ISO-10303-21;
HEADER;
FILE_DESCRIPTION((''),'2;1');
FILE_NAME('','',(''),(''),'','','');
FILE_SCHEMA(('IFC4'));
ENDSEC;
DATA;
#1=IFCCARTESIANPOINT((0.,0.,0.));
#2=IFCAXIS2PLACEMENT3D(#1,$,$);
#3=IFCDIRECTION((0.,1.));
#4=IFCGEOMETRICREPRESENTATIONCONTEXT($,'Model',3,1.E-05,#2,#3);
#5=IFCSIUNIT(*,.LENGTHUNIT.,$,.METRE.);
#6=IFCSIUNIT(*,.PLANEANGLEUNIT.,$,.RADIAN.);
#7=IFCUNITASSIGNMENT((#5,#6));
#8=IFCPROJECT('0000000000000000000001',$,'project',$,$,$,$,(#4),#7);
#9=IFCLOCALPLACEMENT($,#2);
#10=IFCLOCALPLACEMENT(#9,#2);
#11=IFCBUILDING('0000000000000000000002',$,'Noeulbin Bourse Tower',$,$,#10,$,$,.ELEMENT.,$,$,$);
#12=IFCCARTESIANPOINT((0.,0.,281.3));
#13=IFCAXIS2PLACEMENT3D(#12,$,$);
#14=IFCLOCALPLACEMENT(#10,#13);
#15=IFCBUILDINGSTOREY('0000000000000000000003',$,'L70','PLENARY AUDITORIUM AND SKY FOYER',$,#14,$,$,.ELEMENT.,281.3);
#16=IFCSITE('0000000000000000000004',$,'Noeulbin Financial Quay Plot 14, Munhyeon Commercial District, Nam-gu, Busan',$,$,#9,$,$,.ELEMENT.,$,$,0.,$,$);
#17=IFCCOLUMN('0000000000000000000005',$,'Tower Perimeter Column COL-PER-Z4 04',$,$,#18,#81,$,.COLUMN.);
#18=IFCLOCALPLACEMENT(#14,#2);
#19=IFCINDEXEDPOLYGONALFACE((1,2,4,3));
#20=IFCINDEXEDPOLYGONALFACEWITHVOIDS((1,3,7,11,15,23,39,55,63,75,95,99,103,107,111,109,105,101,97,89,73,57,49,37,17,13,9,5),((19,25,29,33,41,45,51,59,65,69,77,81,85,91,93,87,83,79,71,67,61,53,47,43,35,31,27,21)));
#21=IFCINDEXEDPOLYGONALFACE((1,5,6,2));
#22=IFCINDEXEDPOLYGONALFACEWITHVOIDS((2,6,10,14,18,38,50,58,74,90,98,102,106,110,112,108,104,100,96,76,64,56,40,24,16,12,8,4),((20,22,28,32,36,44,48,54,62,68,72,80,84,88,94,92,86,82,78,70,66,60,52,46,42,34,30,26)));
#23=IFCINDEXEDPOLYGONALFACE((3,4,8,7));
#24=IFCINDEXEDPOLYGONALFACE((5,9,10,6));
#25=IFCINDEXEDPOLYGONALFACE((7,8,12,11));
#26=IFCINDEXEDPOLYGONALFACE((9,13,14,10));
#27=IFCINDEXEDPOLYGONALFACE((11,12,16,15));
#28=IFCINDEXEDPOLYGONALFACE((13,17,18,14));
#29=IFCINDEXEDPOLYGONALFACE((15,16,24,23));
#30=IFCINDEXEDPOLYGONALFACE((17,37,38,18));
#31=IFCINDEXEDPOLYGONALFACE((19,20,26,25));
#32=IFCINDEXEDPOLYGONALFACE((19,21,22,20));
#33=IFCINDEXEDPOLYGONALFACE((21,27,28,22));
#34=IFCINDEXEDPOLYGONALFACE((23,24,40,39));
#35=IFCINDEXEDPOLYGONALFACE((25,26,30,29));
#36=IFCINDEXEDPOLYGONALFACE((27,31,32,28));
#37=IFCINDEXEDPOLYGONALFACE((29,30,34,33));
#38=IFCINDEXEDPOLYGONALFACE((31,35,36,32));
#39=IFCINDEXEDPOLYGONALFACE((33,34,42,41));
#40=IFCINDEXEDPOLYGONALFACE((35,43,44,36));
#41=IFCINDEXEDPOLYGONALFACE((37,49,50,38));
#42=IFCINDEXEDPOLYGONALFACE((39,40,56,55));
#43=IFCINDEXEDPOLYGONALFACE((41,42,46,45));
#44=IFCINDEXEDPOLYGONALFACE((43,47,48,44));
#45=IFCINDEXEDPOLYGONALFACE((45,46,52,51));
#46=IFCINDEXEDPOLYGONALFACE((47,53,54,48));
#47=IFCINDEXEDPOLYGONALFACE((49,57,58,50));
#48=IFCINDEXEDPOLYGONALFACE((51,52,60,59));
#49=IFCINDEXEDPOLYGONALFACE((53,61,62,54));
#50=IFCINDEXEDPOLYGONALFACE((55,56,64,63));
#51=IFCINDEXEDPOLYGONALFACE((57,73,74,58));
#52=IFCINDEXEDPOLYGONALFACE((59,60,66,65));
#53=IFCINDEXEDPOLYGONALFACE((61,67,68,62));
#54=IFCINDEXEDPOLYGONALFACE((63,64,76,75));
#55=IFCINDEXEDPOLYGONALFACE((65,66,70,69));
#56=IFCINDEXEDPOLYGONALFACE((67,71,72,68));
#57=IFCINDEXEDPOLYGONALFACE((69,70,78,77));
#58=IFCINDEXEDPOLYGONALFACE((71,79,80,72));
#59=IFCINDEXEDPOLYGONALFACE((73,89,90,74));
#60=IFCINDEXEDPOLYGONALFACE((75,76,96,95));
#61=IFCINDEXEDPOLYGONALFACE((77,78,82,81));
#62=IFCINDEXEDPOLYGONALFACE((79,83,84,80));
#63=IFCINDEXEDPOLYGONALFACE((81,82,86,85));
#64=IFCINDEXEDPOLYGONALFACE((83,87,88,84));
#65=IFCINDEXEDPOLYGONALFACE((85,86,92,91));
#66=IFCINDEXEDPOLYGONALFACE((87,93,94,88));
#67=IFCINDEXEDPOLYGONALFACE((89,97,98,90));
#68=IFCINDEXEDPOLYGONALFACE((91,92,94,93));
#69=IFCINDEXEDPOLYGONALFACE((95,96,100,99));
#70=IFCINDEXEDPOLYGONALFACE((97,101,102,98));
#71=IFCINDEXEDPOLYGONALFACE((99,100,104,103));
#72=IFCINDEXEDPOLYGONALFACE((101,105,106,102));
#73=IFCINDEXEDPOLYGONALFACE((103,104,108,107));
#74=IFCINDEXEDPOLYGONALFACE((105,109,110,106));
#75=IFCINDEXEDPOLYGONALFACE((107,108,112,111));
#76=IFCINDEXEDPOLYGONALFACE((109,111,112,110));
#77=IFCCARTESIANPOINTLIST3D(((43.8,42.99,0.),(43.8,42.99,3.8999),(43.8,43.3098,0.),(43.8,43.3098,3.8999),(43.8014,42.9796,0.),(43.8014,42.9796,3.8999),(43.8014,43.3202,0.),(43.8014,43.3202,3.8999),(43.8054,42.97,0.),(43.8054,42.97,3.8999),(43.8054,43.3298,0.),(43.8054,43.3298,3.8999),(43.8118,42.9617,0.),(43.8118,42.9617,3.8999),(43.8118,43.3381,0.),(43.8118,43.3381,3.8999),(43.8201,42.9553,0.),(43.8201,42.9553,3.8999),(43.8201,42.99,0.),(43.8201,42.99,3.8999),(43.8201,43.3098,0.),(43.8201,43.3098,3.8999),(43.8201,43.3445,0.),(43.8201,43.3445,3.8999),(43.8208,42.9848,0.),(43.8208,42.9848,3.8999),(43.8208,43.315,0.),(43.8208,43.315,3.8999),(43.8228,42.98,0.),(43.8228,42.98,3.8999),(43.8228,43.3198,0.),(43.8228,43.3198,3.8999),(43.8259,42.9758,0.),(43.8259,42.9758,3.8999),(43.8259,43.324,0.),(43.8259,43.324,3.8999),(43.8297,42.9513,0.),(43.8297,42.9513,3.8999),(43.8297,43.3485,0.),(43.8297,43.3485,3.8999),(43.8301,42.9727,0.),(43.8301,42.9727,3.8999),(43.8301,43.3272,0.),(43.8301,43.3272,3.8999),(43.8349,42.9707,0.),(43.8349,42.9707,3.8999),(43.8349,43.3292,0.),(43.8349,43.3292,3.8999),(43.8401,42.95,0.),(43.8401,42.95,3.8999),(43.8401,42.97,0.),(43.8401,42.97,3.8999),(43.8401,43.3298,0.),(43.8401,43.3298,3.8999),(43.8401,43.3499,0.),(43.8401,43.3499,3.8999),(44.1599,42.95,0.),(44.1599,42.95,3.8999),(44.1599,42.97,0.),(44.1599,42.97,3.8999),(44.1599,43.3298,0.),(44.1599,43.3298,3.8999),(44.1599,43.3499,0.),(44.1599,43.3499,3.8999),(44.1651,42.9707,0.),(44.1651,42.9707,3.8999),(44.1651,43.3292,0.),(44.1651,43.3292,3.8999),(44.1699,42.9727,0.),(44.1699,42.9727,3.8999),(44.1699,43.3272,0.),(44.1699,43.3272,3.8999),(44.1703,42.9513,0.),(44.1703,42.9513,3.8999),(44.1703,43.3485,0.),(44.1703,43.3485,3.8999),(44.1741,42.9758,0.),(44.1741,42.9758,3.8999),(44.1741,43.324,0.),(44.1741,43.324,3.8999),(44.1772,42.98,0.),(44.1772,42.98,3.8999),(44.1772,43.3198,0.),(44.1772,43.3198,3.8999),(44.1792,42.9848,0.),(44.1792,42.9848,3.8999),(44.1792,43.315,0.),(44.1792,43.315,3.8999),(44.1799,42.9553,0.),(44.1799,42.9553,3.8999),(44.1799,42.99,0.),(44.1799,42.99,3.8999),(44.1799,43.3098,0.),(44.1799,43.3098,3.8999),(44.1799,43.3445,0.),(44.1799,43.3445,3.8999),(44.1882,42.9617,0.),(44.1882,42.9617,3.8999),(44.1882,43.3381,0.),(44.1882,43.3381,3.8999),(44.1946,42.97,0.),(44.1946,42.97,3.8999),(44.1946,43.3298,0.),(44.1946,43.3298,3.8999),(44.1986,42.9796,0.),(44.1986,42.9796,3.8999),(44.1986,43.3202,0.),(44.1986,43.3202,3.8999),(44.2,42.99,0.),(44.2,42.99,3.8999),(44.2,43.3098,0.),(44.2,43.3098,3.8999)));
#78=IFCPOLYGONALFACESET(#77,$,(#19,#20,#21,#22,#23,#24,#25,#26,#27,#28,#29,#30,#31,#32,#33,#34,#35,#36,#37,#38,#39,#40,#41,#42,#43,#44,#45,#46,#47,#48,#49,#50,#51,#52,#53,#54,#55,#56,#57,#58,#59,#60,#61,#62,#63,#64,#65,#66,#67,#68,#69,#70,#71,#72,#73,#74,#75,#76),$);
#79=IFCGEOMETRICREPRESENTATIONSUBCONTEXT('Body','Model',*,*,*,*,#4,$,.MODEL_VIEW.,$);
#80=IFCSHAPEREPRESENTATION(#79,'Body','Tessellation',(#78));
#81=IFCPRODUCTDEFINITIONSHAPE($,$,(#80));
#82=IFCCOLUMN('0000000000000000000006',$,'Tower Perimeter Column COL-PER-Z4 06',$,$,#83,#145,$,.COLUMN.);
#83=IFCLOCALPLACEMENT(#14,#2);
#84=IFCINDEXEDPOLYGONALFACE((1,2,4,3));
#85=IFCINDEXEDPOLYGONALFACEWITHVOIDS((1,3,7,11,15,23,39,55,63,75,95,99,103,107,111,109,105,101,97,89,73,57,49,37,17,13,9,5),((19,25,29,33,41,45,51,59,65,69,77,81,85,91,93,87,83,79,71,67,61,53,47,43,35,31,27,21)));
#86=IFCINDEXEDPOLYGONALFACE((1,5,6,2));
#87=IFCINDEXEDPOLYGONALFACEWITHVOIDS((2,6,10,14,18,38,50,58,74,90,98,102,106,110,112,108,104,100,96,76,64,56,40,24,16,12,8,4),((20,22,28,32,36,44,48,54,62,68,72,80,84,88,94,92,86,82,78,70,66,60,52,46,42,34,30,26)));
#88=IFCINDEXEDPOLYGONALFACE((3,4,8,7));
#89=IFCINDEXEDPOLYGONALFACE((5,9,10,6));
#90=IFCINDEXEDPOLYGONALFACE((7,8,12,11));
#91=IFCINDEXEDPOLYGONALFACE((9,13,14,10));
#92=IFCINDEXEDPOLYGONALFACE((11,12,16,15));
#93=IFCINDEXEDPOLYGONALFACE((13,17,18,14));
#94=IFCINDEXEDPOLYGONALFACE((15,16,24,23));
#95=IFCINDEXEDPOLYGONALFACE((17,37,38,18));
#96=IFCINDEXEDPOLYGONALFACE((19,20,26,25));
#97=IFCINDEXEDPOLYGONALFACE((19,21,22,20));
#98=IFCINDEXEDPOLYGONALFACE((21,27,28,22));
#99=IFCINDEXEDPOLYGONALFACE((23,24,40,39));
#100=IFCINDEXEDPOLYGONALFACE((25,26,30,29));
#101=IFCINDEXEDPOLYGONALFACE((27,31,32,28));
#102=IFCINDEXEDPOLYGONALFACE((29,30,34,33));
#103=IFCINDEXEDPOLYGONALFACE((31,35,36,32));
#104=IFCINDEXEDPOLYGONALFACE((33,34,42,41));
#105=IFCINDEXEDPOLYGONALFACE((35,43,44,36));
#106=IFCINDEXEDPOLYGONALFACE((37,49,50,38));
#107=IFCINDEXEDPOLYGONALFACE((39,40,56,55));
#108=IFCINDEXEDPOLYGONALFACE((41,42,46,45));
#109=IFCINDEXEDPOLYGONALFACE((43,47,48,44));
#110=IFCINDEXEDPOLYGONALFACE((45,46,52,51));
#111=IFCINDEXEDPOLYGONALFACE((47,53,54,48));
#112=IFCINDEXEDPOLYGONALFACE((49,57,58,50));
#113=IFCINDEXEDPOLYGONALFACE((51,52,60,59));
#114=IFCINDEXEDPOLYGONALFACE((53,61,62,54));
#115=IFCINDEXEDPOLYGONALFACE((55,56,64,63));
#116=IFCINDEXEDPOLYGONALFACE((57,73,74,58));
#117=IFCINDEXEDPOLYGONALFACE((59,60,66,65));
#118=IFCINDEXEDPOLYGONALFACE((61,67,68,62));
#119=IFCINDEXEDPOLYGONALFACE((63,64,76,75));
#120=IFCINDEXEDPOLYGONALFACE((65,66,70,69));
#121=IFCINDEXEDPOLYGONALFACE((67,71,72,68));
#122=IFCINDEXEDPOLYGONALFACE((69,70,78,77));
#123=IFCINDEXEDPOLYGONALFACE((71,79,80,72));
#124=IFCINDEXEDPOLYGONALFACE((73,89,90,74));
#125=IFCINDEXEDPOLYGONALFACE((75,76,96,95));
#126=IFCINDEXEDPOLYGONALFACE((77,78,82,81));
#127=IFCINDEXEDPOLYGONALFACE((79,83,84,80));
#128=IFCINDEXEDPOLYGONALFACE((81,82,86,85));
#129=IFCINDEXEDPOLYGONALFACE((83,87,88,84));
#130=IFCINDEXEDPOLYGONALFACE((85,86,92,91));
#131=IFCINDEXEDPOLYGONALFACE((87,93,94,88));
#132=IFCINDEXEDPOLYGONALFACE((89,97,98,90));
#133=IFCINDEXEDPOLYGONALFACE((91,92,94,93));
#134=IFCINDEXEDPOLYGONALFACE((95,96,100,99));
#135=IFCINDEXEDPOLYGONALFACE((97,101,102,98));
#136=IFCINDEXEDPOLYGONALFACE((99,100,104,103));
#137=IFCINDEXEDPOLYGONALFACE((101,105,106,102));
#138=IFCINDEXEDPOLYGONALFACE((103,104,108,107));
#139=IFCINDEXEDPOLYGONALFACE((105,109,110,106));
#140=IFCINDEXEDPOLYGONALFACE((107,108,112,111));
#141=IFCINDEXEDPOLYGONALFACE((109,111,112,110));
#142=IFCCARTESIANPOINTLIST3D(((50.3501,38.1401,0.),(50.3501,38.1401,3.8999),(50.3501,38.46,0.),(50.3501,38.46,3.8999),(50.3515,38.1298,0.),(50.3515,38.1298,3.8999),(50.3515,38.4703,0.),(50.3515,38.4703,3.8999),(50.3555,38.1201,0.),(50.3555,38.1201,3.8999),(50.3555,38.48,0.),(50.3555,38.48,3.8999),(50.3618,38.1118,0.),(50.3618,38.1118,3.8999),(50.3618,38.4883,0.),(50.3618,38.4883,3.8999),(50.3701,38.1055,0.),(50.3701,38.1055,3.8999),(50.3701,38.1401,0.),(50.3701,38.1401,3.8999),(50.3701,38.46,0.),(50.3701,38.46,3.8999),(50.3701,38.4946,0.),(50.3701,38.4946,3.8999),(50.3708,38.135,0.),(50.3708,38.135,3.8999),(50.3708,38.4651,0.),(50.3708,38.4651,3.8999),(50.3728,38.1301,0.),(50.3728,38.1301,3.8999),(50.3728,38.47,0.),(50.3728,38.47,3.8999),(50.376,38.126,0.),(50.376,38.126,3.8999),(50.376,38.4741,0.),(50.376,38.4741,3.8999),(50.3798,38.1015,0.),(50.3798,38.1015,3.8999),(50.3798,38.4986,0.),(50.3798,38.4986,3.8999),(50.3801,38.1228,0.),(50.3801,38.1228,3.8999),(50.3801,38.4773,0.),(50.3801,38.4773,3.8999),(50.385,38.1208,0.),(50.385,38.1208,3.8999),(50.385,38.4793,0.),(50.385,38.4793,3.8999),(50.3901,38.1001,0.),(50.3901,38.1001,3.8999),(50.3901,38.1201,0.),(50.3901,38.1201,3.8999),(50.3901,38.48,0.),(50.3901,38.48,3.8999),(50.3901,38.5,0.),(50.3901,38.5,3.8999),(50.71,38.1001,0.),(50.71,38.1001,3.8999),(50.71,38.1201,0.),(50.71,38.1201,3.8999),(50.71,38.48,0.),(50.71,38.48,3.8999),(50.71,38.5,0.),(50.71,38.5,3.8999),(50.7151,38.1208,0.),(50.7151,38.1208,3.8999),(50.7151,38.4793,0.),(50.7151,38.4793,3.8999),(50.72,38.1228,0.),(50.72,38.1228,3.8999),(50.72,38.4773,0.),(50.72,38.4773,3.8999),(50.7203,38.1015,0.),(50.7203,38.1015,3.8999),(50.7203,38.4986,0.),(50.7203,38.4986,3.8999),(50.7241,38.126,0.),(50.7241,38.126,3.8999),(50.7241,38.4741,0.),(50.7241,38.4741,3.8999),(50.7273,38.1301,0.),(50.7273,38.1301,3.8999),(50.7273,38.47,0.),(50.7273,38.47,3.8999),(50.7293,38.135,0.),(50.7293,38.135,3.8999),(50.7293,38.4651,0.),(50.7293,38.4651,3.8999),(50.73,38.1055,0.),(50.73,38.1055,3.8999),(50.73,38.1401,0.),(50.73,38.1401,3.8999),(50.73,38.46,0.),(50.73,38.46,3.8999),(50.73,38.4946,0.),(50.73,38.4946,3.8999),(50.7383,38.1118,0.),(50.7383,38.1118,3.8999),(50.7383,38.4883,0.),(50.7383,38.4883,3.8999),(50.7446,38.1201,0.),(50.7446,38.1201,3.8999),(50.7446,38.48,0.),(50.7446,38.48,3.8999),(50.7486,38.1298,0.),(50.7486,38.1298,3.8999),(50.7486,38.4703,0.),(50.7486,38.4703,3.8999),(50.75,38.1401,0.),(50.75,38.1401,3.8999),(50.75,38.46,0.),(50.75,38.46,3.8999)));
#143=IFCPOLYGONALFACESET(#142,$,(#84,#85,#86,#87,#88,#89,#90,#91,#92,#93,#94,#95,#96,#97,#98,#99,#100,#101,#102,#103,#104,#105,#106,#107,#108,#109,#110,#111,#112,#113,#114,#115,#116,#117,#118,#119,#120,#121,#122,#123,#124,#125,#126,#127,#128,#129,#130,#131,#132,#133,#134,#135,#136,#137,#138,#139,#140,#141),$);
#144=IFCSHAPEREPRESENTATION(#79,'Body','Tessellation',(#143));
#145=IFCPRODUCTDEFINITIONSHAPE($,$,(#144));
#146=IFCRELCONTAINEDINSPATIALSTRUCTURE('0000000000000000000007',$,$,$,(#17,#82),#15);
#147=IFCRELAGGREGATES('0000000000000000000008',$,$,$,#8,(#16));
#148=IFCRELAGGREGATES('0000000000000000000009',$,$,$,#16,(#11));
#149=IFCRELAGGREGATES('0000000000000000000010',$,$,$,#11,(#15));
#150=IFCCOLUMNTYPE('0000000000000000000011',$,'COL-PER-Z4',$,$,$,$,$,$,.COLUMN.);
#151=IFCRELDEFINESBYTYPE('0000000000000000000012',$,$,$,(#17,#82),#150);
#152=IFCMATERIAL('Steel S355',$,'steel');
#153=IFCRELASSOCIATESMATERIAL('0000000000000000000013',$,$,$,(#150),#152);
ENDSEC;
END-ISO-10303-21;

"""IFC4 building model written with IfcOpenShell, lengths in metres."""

from ifc_helpers import new_model, si_unit, direction, frame, origin, origin_2d, place, context, subcontext, project, spatial, hollow_rectangle, extrude, material, material_profile, profile_set, type_object, element, save


model = new_model("IFC4")

# Units and contexts
model_context = context("Model", 3, precision=1e-05, world=origin(), true_north=direction((0.0, 1.0)))
body_context = subcontext(model_context, "Body", "Model", "MODEL_VIEW")
ifc_project = project(units=[si_unit("LENGTHUNIT", "METRE"), si_unit("PLANEANGLEUNIT", "RADIAN")], contexts=[model_context])

# Site, building, storey
site_placement = place(None, origin())
site = spatial("IfcSite", under=ifc_project, at=site_placement, Name="Noeulbin Financial Quay Plot 14, Munhyeon Commercial District, Nam-gu, Busan", CompositionType="ELEMENT", RefElevation=0.0)
building_placement = place(site_placement, origin())
building = spatial("IfcBuilding", under=site, at=building_placement, Name="Noeulbin Bourse Tower", CompositionType="ELEMENT")
storey_placement = place(building_placement, frame((0.0, 0.0, 281.3)))
storey = spatial("IfcBuildingStorey", under=building, at=storey_placement, Name="L70", Description="PLENARY AUDITORIUM AND SKY FOYER", CompositionType="ELEMENT", Elevation=281.3)

# Columns
ifc_material_1 = material(Name="Steel S355", Category="steel")
ifc_material_profile_1 = material_profile(ifc_material_1, hollow_rectangle(XDim=0.3999, YDim=0.3999, WallThickness=0.02, InnerFilletRadius=0.02, OuterFilletRadius=0.04, at=origin_2d()), Name="SHS-400x400x20", Category="LoadBearing")
ifc_profile_set_1 = profile_set([ifc_material_profile_1], Name="Steel S355")
column_type_1 = type_object("IfcColumnType", Name="COL-PER-Z4", PredefinedType="COLUMN", material=ifc_profile_set_1)
for number, where, z_axis, x_axis, name in (
    (1, (44.0, 43.1499, 0.0), (0.0, 0.0, 1.0), (1.0, 0.0, 0.0), "Tower Perimeter Column COL-PER-Z4 04"),
    (2, (50.55, 38.3, 0.0), (0.0, 0.0, 1.0), (1.0, 0.0, 0.0), "Tower Perimeter Column COL-PER-Z4 06"),
):
    element("IfcColumn", number, at=place(storey_placement, frame(where, z_axis=z_axis, x_axis=x_axis)), inside=storey, type_object=column_type_1, Name=name, PredefinedType="COLUMN", context=body_context, shape_type="SweptSolid", body=[
        extrude(hollow_rectangle(XDim=0.3999, YDim=0.3999, WallThickness=0.02, InnerFilletRadius=0.02, OuterFilletRadius=0.04, at=origin_2d()), origin(), (0.0, 0.0, 1.0), 3.8999),
    ])

save(model, "model.ifc")
